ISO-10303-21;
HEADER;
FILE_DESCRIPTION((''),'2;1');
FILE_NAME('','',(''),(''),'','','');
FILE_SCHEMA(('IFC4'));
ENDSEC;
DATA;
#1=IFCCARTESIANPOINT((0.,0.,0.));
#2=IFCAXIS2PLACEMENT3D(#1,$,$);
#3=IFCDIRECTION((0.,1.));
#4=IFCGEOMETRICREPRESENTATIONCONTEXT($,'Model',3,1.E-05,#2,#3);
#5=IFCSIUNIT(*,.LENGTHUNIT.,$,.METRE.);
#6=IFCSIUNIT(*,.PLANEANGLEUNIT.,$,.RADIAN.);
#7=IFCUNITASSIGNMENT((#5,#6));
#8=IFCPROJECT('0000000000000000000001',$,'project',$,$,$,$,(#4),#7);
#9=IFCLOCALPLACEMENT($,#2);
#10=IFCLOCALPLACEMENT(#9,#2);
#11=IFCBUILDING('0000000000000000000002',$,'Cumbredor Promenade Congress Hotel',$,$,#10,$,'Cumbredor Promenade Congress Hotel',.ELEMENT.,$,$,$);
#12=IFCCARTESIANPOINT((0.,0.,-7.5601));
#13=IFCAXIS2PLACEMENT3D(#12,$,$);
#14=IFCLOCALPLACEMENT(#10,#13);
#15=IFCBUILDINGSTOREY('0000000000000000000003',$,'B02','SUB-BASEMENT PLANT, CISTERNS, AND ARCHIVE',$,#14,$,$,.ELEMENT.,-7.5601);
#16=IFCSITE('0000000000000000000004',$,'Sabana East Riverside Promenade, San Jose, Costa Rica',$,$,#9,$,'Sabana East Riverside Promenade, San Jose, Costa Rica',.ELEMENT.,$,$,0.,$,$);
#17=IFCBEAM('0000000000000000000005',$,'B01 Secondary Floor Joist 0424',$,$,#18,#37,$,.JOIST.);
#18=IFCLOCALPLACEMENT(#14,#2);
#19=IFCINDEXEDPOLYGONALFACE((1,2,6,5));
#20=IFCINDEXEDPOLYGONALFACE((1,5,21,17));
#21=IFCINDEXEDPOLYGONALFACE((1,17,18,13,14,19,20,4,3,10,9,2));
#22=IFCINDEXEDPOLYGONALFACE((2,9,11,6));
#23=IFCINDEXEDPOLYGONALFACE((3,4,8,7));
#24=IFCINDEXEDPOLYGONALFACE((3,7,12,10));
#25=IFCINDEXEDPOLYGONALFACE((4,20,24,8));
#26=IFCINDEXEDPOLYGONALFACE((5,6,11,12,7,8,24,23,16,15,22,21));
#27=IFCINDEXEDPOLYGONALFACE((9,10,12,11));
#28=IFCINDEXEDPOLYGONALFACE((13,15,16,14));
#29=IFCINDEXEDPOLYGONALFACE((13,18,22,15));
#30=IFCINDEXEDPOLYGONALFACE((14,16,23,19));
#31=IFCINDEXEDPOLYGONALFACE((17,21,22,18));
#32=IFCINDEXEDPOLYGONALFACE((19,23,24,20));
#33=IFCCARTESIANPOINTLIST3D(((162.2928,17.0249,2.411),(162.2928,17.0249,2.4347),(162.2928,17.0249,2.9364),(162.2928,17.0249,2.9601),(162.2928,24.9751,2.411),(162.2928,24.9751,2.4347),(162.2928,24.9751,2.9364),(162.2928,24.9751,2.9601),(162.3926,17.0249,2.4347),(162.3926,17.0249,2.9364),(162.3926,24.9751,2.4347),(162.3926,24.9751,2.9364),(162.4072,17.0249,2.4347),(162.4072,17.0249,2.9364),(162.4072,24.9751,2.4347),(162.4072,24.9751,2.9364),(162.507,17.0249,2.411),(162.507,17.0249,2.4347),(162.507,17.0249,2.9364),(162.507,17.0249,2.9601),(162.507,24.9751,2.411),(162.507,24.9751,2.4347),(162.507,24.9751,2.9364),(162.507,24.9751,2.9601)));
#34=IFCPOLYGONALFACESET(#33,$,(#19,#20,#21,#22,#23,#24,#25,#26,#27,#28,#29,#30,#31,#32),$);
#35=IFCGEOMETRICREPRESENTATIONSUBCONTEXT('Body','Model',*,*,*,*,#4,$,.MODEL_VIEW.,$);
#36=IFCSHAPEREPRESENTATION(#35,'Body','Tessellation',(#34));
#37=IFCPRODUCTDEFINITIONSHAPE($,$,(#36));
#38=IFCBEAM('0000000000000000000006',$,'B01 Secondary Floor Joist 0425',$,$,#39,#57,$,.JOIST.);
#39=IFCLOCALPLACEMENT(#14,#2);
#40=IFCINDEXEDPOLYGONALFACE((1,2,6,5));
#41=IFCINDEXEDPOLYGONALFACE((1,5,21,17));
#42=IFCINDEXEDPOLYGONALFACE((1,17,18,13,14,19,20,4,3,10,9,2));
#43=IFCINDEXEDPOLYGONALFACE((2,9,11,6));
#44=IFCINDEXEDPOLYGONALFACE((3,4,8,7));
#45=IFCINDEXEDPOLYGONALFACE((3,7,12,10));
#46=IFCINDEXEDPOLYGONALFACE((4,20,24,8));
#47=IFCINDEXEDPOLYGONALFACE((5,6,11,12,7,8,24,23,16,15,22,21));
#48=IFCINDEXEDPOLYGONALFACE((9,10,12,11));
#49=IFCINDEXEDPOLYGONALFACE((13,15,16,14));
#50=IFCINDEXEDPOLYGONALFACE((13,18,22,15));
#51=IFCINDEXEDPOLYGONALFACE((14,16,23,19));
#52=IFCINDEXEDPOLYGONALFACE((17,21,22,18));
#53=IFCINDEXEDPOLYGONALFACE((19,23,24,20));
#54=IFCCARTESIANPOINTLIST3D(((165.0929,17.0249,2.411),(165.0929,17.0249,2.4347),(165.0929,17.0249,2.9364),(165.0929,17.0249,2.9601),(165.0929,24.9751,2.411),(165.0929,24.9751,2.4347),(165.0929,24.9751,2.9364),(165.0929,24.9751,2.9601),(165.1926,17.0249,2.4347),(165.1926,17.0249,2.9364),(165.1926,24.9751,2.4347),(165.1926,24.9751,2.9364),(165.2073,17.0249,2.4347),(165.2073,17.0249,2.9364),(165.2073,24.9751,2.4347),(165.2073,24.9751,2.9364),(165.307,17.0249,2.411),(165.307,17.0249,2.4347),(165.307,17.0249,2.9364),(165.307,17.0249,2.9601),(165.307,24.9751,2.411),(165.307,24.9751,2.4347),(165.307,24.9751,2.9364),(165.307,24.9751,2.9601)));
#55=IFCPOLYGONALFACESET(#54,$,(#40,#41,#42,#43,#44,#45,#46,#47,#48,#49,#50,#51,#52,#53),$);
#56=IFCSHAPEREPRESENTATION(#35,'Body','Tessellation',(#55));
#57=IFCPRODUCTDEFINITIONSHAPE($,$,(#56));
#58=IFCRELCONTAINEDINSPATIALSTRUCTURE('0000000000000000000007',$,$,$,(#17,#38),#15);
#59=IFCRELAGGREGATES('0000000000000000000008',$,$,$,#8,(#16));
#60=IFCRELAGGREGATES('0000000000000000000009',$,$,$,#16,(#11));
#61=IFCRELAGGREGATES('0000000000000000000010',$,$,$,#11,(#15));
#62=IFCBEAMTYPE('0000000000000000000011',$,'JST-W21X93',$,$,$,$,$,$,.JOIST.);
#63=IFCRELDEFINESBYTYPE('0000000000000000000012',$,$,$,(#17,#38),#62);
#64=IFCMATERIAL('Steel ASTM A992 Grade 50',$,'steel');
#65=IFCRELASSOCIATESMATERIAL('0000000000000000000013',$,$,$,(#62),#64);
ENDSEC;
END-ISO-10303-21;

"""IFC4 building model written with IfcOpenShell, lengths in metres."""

from ifc_helpers import new_model, si_unit, direction, frame, origin, origin_2d, place, context, subcontext, project, spatial, i_section, extrude, material, material_profile, profile_set, type_object, element, save


model = new_model("IFC4")

# Units and contexts
model_context = context("Model", 3, precision=1e-05, world=origin(), true_north=direction((0.0, 1.0)))
body_context = subcontext(model_context, "Body", "Model", "MODEL_VIEW")
ifc_project = project(units=[si_unit("LENGTHUNIT", "METRE"), si_unit("PLANEANGLEUNIT", "RADIAN")], contexts=[model_context])

# Site, building, storey
site_placement = place(None, origin())
site = spatial("IfcSite", under=ifc_project, at=site_placement, Name="Sabana East Riverside Promenade, San Jose, Costa Rica", LongName="Sabana East Riverside Promenade, San Jose, Costa Rica", CompositionType="ELEMENT", RefElevation=0.0)
building_placement = place(site_placement, origin())
building = spatial("IfcBuilding", under=site, at=building_placement, Name="Cumbredor Promenade Congress Hotel", LongName="Cumbredor Promenade Congress Hotel", CompositionType="ELEMENT")
storey_placement = place(building_placement, frame((0.0, 0.0, -7.5601)))
storey = spatial("IfcBuildingStorey", under=building, at=storey_placement, Name="B02", Description="SUB-BASEMENT PLANT, CISTERNS, AND ARCHIVE", CompositionType="ELEMENT", Elevation=-7.5601)

# Beams
ifc_material_1 = material(Name="Steel ASTM A992 Grade 50", Category="steel")
ifc_material_profile_1 = material_profile(ifc_material_1, i_section(OverallWidth=0.2141, OverallDepth=0.5491, WebThickness=0.0146, FlangeThickness=0.0237, at=origin_2d()), Name="W21X93")
ifc_profile_set_1 = profile_set([ifc_material_profile_1], Name="Steel ASTM A992 Grade 50")
beam_type_1 = type_object("IfcBeamType", Name="JST-W21X93", PredefinedType="JOIST", material=ifc_profile_set_1)
for number, where, z_axis, x_axis, name in (
    (1, (162.3999, 17.0249, 2.6855), (0.0, 1.0, 0.0), (-1.0, 0.0, 0.0), "B01 Secondary Floor Joist 0424"),
    (2, (165.2, 17.0249, 2.6855), (0.0, 1.0, 0.0), (-1.0, 0.0, 0.0), "B01 Secondary Floor Joist 0425"),
):
    element("IfcBeam", number, at=place(storey_placement, frame(where, z_axis=z_axis, x_axis=x_axis)), inside=storey, type_object=beam_type_1, Name=name, PredefinedType="JOIST", context=body_context, shape_type="SweptSolid", body=[
        extrude(i_section(OverallWidth=0.2141, OverallDepth=0.5491, WebThickness=0.0146, FlangeThickness=0.0237, at=origin_2d()), origin(), (0.0, 0.0, 1.0), 7.9502),
    ])

save(model, "model.ifc")
